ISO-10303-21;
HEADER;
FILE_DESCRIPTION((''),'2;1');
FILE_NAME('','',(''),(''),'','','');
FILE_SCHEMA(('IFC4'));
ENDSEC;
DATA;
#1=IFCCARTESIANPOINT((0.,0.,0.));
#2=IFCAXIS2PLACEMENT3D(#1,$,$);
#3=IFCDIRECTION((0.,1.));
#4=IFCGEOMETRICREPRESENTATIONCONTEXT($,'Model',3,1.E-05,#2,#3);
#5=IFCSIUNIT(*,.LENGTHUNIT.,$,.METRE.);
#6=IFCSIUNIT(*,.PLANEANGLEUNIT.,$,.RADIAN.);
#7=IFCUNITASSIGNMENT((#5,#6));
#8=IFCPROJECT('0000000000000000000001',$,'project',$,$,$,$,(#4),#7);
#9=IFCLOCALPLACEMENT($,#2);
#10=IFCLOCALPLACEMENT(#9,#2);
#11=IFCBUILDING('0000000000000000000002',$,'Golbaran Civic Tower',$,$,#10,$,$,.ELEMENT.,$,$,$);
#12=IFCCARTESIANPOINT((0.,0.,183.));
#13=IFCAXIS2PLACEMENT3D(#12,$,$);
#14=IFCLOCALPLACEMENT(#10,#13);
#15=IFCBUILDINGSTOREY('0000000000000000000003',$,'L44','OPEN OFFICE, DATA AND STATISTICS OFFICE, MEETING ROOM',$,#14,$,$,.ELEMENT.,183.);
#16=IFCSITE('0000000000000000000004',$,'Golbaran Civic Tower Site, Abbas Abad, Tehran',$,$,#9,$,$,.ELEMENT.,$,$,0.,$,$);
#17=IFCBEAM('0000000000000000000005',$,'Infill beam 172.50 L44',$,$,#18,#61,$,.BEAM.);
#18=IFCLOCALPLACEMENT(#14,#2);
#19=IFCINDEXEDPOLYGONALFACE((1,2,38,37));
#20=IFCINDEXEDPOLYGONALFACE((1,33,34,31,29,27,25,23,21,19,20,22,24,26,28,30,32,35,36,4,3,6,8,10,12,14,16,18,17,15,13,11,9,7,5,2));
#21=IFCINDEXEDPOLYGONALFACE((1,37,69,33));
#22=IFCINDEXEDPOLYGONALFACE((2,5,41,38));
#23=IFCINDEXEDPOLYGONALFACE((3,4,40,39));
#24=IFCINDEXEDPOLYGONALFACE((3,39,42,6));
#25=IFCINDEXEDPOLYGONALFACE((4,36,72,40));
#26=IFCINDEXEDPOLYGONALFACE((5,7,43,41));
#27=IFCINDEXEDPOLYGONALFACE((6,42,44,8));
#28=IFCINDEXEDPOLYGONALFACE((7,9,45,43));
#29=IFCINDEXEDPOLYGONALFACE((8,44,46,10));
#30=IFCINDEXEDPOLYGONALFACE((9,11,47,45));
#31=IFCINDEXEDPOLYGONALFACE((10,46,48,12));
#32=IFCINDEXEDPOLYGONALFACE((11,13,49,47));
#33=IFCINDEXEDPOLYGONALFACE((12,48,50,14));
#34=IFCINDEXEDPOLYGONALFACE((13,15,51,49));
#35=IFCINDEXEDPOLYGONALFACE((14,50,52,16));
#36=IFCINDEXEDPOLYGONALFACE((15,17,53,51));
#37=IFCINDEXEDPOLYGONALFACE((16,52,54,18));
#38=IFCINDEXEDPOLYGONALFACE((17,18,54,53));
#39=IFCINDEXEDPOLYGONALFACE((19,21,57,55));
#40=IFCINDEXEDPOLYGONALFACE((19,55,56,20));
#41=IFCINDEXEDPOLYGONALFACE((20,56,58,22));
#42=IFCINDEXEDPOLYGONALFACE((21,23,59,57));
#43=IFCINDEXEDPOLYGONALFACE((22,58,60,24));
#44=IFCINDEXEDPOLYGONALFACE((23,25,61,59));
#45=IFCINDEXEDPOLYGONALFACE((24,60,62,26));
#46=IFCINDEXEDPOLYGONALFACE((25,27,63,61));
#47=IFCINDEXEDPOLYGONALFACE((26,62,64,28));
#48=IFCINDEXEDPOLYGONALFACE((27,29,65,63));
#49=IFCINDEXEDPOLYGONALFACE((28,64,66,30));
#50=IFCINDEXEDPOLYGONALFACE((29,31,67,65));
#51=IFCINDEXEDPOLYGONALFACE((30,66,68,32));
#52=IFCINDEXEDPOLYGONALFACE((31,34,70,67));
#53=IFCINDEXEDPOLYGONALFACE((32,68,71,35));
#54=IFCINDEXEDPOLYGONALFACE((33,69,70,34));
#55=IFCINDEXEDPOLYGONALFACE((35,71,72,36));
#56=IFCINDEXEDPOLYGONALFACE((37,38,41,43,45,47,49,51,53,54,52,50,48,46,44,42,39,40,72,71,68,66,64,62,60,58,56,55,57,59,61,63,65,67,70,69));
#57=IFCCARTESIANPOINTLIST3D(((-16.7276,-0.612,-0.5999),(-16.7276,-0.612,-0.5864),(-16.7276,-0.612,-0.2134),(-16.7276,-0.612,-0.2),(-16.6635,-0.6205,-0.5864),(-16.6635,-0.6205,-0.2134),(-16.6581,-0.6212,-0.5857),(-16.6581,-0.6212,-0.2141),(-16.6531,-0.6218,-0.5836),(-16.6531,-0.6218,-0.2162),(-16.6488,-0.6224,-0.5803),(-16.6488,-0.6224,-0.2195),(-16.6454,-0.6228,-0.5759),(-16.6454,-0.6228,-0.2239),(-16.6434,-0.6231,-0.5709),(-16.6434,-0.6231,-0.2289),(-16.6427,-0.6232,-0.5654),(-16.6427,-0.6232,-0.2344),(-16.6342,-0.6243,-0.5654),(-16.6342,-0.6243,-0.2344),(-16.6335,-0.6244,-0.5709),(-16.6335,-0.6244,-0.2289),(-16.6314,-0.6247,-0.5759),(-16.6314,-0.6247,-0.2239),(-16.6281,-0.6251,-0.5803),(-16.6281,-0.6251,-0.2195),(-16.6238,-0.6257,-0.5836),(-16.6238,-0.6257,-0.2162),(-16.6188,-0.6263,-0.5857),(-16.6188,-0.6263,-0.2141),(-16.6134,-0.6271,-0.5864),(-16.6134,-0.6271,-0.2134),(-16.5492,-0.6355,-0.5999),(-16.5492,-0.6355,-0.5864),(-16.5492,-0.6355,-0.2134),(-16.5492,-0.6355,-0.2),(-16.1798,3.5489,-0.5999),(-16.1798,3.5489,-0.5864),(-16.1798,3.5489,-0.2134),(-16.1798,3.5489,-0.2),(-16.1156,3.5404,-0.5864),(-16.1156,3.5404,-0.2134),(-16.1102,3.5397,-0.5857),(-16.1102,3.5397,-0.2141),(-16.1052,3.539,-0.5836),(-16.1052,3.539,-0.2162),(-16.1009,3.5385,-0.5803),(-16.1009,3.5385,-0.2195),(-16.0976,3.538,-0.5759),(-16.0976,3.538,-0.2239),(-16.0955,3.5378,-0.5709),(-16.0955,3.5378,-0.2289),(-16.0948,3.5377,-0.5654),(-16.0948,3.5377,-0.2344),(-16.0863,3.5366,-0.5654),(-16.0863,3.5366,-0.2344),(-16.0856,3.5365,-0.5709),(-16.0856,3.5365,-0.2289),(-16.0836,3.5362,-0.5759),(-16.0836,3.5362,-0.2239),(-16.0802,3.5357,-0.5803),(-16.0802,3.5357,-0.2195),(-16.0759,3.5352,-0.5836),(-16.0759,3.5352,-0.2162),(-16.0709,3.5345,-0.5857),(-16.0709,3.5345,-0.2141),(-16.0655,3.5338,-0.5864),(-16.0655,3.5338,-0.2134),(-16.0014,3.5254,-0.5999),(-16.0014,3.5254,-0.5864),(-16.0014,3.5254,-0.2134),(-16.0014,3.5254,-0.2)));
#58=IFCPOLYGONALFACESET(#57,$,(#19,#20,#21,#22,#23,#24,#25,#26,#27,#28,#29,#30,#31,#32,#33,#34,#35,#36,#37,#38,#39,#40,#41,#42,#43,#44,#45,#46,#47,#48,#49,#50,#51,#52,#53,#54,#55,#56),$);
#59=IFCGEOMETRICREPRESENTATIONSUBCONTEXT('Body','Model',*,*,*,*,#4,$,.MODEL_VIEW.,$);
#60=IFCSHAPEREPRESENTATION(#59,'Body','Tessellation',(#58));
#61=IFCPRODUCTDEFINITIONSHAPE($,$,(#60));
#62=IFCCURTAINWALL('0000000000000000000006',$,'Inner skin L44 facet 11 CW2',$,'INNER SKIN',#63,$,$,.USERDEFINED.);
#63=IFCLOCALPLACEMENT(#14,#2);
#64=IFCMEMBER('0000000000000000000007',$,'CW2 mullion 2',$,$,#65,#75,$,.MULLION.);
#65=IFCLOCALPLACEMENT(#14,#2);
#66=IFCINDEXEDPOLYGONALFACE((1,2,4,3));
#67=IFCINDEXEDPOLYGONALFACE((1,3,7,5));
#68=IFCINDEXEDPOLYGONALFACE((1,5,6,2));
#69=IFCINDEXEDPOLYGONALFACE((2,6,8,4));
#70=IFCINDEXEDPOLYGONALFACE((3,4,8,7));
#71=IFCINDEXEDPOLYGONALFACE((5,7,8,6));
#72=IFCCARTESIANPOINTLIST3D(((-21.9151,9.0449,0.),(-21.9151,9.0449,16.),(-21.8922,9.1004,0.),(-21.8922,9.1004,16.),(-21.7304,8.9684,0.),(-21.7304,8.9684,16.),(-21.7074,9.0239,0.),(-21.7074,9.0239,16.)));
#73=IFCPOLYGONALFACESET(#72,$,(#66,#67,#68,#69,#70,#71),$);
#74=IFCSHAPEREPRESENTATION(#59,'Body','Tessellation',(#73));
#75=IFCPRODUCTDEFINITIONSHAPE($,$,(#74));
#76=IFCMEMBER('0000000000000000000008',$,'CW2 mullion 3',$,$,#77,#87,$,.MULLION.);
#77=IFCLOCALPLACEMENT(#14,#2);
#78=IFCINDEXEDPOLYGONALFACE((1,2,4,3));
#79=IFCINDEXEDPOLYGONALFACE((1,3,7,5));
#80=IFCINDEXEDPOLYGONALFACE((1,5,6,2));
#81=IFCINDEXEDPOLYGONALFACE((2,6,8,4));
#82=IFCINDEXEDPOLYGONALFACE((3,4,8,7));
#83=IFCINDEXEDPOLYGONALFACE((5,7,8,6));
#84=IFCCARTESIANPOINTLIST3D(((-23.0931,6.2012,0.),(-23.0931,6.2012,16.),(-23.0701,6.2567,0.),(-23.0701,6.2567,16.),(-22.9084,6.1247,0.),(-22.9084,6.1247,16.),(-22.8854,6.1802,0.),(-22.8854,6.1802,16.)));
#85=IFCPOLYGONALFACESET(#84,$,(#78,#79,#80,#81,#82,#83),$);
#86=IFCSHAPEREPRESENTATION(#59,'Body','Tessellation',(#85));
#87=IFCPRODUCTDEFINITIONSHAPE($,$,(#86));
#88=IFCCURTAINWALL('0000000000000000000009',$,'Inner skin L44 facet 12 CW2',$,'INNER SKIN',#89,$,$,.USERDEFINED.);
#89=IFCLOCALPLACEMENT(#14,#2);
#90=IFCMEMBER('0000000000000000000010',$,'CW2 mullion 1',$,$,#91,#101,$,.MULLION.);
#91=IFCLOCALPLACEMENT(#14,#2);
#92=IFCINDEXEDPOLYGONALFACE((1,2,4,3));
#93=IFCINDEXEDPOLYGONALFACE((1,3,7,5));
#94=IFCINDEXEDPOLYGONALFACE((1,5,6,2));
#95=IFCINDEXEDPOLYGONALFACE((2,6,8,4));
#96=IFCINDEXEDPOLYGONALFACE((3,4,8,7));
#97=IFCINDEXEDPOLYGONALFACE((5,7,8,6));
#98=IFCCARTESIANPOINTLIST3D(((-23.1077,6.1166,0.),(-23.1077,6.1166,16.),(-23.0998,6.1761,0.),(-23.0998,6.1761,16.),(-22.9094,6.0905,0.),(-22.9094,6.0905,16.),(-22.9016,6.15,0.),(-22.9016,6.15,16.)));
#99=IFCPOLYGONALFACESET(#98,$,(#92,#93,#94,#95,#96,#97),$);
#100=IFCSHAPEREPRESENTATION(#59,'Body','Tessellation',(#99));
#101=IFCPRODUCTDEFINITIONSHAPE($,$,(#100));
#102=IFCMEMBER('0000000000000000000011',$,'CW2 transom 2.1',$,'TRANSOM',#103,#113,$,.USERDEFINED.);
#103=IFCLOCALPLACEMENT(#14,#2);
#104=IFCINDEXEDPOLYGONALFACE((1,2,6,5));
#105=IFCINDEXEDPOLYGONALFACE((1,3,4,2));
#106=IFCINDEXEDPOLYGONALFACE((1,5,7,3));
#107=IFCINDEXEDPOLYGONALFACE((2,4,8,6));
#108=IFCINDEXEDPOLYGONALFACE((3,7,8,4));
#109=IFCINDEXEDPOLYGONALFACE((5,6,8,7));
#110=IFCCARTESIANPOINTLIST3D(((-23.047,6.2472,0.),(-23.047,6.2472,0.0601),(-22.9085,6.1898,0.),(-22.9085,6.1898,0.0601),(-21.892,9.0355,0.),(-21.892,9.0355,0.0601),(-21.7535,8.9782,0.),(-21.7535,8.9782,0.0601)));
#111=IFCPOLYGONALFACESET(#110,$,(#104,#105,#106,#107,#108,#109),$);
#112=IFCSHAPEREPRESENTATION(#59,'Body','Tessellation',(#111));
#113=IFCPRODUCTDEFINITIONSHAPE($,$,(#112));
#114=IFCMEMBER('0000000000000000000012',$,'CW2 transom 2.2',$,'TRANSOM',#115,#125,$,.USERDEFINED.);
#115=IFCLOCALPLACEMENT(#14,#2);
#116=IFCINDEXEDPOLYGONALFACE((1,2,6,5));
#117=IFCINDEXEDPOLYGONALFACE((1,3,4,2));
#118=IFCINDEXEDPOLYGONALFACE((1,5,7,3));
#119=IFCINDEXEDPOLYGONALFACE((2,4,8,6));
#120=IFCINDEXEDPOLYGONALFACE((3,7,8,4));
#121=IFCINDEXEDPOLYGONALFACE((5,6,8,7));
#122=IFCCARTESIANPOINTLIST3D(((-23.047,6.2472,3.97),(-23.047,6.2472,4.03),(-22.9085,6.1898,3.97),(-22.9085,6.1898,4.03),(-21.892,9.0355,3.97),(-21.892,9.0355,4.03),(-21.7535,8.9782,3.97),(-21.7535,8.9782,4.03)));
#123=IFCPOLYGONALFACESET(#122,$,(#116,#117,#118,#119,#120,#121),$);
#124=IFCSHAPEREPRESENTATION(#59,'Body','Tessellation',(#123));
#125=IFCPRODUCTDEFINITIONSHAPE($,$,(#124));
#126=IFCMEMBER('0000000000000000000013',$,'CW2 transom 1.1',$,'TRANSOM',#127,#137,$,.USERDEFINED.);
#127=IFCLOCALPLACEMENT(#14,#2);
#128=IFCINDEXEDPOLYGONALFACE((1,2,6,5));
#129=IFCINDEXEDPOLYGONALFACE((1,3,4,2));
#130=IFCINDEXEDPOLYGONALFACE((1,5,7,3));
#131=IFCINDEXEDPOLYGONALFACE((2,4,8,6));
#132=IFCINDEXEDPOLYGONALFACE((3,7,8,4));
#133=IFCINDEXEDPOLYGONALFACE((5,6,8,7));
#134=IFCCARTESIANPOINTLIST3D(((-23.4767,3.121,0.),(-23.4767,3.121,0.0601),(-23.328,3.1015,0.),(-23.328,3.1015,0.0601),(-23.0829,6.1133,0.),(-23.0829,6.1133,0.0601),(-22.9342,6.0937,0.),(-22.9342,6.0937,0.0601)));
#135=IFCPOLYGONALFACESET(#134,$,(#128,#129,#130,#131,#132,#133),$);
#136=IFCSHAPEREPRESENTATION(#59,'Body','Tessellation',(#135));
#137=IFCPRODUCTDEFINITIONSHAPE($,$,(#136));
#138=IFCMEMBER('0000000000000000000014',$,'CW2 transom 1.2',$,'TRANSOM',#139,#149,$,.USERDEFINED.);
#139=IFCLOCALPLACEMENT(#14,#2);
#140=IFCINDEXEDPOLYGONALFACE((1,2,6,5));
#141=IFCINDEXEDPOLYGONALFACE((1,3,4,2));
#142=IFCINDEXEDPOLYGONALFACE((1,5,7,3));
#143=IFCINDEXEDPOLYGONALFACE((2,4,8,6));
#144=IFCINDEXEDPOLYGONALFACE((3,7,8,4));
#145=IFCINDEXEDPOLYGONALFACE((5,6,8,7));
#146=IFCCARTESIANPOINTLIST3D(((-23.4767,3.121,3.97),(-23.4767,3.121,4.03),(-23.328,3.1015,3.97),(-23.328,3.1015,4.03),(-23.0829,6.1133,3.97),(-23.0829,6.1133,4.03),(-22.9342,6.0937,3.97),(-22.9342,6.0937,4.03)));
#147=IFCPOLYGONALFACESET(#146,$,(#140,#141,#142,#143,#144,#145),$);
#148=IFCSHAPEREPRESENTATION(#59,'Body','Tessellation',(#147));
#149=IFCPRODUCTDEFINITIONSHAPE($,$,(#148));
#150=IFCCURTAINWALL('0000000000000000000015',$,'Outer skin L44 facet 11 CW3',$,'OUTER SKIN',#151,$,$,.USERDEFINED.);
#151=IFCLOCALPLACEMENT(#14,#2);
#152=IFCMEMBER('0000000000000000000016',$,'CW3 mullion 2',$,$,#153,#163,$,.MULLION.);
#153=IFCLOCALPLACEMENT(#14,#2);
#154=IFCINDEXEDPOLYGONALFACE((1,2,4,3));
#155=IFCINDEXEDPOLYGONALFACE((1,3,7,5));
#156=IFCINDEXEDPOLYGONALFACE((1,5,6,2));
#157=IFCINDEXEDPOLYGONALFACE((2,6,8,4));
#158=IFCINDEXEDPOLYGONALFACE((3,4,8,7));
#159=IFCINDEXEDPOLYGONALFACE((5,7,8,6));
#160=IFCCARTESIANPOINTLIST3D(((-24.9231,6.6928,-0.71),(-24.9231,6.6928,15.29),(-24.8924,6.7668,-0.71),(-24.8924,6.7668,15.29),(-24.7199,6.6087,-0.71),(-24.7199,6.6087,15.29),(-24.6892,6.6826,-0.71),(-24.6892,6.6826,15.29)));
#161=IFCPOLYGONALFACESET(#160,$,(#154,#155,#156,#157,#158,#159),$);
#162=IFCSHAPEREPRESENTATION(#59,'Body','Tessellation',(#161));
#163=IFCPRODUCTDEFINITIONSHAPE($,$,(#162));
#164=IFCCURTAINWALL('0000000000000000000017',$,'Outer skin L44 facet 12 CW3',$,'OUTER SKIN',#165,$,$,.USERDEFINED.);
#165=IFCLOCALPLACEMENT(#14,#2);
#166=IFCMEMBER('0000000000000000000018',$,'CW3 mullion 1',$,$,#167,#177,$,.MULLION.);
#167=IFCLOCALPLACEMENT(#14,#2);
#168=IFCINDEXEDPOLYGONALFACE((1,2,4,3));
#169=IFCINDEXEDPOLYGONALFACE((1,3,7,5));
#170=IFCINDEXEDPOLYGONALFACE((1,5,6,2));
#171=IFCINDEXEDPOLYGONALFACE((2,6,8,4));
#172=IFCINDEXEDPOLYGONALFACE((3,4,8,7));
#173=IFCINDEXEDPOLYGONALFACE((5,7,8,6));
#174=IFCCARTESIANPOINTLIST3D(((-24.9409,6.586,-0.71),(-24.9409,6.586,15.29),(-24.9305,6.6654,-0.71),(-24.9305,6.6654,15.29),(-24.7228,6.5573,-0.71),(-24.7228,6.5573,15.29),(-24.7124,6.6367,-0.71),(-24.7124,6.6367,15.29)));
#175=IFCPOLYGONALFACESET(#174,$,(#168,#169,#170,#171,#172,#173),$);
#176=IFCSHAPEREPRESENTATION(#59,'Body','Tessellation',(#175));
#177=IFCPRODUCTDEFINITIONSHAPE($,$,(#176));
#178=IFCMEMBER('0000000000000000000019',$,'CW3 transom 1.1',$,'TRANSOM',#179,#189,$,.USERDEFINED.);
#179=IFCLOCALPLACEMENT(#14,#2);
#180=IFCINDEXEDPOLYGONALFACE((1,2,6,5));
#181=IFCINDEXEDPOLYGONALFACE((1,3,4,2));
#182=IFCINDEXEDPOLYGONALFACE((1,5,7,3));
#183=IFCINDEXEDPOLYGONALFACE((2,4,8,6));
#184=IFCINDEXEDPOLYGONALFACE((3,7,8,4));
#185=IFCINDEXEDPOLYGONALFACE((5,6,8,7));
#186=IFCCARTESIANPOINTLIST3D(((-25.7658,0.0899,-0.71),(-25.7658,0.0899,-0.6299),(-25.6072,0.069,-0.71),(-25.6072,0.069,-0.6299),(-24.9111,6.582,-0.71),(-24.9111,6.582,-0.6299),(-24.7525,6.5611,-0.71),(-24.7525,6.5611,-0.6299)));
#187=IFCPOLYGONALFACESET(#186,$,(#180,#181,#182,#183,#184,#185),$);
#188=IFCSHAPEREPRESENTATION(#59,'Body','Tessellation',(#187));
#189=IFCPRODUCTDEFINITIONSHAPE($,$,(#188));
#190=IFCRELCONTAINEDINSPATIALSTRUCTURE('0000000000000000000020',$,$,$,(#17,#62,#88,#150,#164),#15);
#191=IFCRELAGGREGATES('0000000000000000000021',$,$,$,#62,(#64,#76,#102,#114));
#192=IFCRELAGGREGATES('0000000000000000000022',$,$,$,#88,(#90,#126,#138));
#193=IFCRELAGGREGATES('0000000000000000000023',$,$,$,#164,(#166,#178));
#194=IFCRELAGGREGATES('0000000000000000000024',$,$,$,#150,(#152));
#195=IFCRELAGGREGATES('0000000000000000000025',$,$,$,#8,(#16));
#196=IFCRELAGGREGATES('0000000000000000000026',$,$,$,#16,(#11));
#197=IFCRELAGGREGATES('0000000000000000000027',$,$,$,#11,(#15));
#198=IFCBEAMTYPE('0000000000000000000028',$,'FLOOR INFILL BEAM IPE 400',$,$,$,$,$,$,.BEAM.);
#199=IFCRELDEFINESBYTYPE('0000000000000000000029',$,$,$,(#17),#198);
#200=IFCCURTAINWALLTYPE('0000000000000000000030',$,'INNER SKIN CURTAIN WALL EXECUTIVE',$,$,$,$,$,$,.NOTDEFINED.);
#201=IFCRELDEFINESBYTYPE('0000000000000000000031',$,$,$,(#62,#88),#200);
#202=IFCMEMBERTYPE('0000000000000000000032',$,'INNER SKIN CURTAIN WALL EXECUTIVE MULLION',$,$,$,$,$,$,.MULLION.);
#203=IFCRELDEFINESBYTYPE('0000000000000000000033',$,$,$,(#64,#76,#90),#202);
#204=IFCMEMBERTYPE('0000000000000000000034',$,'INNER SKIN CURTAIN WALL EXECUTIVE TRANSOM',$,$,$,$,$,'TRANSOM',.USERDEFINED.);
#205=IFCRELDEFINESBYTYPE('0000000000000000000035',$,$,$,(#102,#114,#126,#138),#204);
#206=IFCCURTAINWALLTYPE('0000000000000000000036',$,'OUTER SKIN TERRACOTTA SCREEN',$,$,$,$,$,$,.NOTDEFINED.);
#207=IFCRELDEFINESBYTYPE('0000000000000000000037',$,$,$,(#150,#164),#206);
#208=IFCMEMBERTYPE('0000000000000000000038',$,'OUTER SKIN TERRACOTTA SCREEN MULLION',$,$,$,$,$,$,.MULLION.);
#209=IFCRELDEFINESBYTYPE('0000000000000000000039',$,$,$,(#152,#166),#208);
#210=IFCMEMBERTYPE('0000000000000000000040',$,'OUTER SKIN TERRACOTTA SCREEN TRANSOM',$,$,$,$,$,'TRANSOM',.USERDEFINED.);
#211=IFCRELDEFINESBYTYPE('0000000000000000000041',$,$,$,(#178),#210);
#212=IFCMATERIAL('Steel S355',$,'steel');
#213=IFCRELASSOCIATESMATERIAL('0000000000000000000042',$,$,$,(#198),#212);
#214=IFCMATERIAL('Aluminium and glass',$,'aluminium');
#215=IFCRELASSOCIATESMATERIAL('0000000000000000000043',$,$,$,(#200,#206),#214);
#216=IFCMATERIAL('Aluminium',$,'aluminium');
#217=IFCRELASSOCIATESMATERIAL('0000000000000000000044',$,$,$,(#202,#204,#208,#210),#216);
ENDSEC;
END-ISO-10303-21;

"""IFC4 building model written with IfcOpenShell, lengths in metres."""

from ifc_helpers import new_model, si_unit, direction, frame, origin, origin_2d, place, context, subcontext, project, spatial, rectangle, i_section, extrude, material, material_profile, profile_set, type_object, element, aggregate, save


model = new_model("IFC4")

# Units and contexts
model_context = context("Model", 3, precision=1e-05, world=origin(), true_north=direction((0.0, 1.0)))
body_context = subcontext(model_context, "Body", "Model", "MODEL_VIEW")
ifc_project = project(units=[si_unit("LENGTHUNIT", "METRE"), si_unit("PLANEANGLEUNIT", "RADIAN")], contexts=[model_context])

# Site, building, storey
site_placement = place(None, origin())
site = spatial("IfcSite", under=ifc_project, at=site_placement, Name="Golbaran Civic Tower Site, Abbas Abad, Tehran", CompositionType="ELEMENT", RefElevation=0.0)
building_placement = place(site_placement, origin())
building = spatial("IfcBuilding", under=site, at=building_placement, Name="Golbaran Civic Tower", CompositionType="ELEMENT")
storey_placement = place(building_placement, frame((0.0, 0.0, 183.0)))
storey = spatial("IfcBuildingStorey", under=building, at=storey_placement, Name="L44", Description="OPEN OFFICE, DATA AND STATISTICS OFFICE, MEETING ROOM", CompositionType="ELEMENT", Elevation=183.0)

# Beam
ifc_material_1 = material(Name="Steel S355", Category="steel")
ifc_material_profile_1 = material_profile(ifc_material_1, i_section(OverallWidth=0.1799, OverallDepth=0.3999, WebThickness=0.0085, FlangeThickness=0.0134, FilletRadius=0.021, at=origin_2d()), Name="IPE 400")
ifc_profile_set_1 = profile_set([ifc_material_profile_1], Name="Steel S355")
beam_type = type_object("IfcBeamType", Name="FLOOR INFILL BEAM IPE 400", PredefinedType="BEAM", material=ifc_profile_set_1)
beam_placement = place(storey_placement, frame((-16.0906, 3.5371, -0.3999), z_axis=(-0.13054, -0.991443, 0.0), x_axis=(0.991443, -0.13054, 0.0)))
element("IfcBeam", 1, at=beam_placement, inside=storey, type_object=beam_type, Name="Infill beam 172.50 L44", PredefinedType="BEAM", context=body_context, shape_type="SweptSolid", body=[
    extrude(i_section(OverallWidth=0.1799, OverallDepth=0.3999, WebThickness=0.0085, FlangeThickness=0.0134, FilletRadius=0.021, at=origin_2d()), origin(), (0.0, 0.0, 1.0), 4.1968),
])

# Curtain wall, members
ifc_material_2 = material(Name="Aluminium and glass", Category="aluminium")
curtain_wall_type_1 = type_object("IfcCurtainWallType", Name="INNER SKIN CURTAIN WALL EXECUTIVE", PredefinedType="NOTDEFINED", material=ifc_material_2)
curtain_wall_1_placement = place(storey_placement, origin())
curtain_wall_1 = element("IfcCurtainWall", 2, at=curtain_wall_1_placement, inside=storey, type_object=curtain_wall_type_1, Name="Inner skin L44 facet 11 CW2", ObjectType="INNER SKIN", PredefinedType="USERDEFINED")
ifc_material_3 = material(Name="Aluminium", Category="aluminium")
ifc_material_profile_2 = material_profile(ifc_material_3, rectangle(XDim=0.2, YDim=0.0601, at=origin_2d()), Name="INNER SKIN CURTAIN WALL EXECUTIVE MULLION")
ifc_profile_set_2 = profile_set([ifc_material_profile_2], Name="Aluminium")
member_type_1 = type_object("IfcMemberType", Name="INNER SKIN CURTAIN WALL EXECUTIVE MULLION", PredefinedType="MULLION", material=ifc_profile_set_2)
member_1_placement = place(storey_placement, frame((-21.8113, 9.0344, 0.0), z_axis=(0.0, 0.0, 1.0), x_axis=(0.92388, -0.382683, 0.0)))
member_1 = element("IfcMember", 3, at=member_1_placement, type_object=member_type_1, Name="CW2 mullion 2", PredefinedType="MULLION", context=body_context, shape_type="SweptSolid", body=[
    extrude(rectangle(XDim=0.2, YDim=0.0601, at=origin_2d()), origin(), (0.0, 0.0, 1.0), 16.0),
])
member_2_placement = place(storey_placement, frame((-22.9893, 6.1907, 0.0), z_axis=(0.0, 0.0, 1.0), x_axis=(0.92388, -0.382683, 0.0)))
member_2 = element("IfcMember", 4, at=member_2_placement, type_object=member_type_1, Name="CW2 mullion 3", PredefinedType="MULLION", context=body_context, shape_type="SweptSolid", body=[
    extrude(rectangle(XDim=0.2, YDim=0.0601, at=origin_2d()), origin(), (0.0, 0.0, 1.0), 16.0),
])

# Curtain wall, member
curtain_wall_2_placement = place(storey_placement, origin())
curtain_wall_2 = element("IfcCurtainWall", 5, at=curtain_wall_2_placement, inside=storey, type_object=curtain_wall_type_1, Name="Inner skin L44 facet 12 CW2", ObjectType="INNER SKIN", PredefinedType="USERDEFINED")
member_3_placement = place(storey_placement, frame((-23.0046, 6.1333, 0.0), z_axis=(0.0, 0.0, 1.0), x_axis=(0.991445, -0.130526, 0.0)))
member_3 = element("IfcMember", 6, at=member_3_placement, type_object=member_type_1, Name="CW2 mullion 1", PredefinedType="MULLION", context=body_context, shape_type="SweptSolid", body=[
    extrude(rectangle(XDim=0.2, YDim=0.0601, at=origin_2d()), origin(), (0.0, 0.0, 1.0), 16.0),
])

# Members
ifc_material_profile_3 = material_profile(ifc_material_3, rectangle(XDim=0.1499, YDim=0.0601, at=origin_2d()), Name="INNER SKIN CURTAIN WALL EXECUTIVE TRANSOM")
ifc_profile_set_3 = profile_set([ifc_material_profile_3], Name="Aluminium")
member_type_2 = type_object("IfcMemberType", Name="INNER SKIN CURTAIN WALL EXECUTIVE TRANSOM", ElementType="TRANSOM", PredefinedType="USERDEFINED", material=ifc_profile_set_3)
member_4_placement = place(storey_placement, frame((-21.8228, 9.0068, 0.03), z_axis=(-0.382702, -0.923872, 0.0), x_axis=(0.923872, -0.382702, 0.0)))
member_4 = element("IfcMember", 7, at=member_4_placement, type_object=member_type_2, Name="CW2 transom 2.1", ObjectType="TRANSOM", PredefinedType="USERDEFINED", context=body_context, shape_type="SweptSolid", body=[
    extrude(rectangle(XDim=0.1499, YDim=0.0601, at=origin_2d()), origin(), (0.0, 0.0, 1.0), 3.0181),
])
member_5_placement = place(storey_placement, frame((-21.8228, 9.0068, 4.0), z_axis=(-0.382702, -0.923872, 0.0), x_axis=(0.923872, -0.382702, 0.0)))
member_5 = element("IfcMember", 8, at=member_5_placement, type_object=member_type_2, Name="CW2 transom 2.2", ObjectType="TRANSOM", PredefinedType="USERDEFINED", context=body_context, shape_type="SweptSolid", body=[
    extrude(rectangle(XDim=0.1499, YDim=0.0601, at=origin_2d()), origin(), (0.0, 0.0, 1.0), 3.0181),
])
member_6_placement = place(storey_placement, frame((-23.0085, 6.1035, 0.03), z_axis=(-0.130484, -0.99145, 0.0), x_axis=(0.99145, -0.130484, 0.0)))
member_6 = element("IfcMember", 9, at=member_6_placement, type_object=member_type_2, Name="CW2 transom 1.1", ObjectType="TRANSOM", PredefinedType="USERDEFINED", context=body_context, shape_type="SweptSolid", body=[
    extrude(rectangle(XDim=0.1499, YDim=0.0601, at=origin_2d()), origin(), (0.0, 0.0, 1.0), 3.0181),
])
member_7_placement = place(storey_placement, frame((-23.0085, 6.1035, 4.0), z_axis=(-0.130484, -0.99145, 0.0), x_axis=(0.99145, -0.130484, 0.0)))
member_7 = element("IfcMember", 10, at=member_7_placement, type_object=member_type_2, Name="CW2 transom 1.2", ObjectType="TRANSOM", PredefinedType="USERDEFINED", context=body_context, shape_type="SweptSolid", body=[
    extrude(rectangle(XDim=0.1499, YDim=0.0601, at=origin_2d()), origin(), (0.0, 0.0, 1.0), 3.0181),
])

# Curtain wall, member
curtain_wall_type_2 = type_object("IfcCurtainWallType", Name="OUTER SKIN TERRACOTTA SCREEN", PredefinedType="NOTDEFINED", material=ifc_material_2)
curtain_wall_3_placement = place(storey_placement, origin())
curtain_wall_3 = element("IfcCurtainWall", 11, at=curtain_wall_3_placement, inside=storey, type_object=curtain_wall_type_2, Name="Outer skin L44 facet 11 CW3", ObjectType="OUTER SKIN", PredefinedType="USERDEFINED")
ifc_material_profile_4 = material_profile(ifc_material_3, rectangle(XDim=0.22, YDim=0.0801, at=origin_2d()), Name="OUTER SKIN TERRACOTTA SCREEN MULLION")
ifc_profile_set_4 = profile_set([ifc_material_profile_4], Name="Aluminium")
member_type_3 = type_object("IfcMemberType", Name="OUTER SKIN TERRACOTTA SCREEN MULLION", PredefinedType="MULLION", material=ifc_profile_set_4)
member_8_placement = place(storey_placement, frame((-24.8062, 6.6877, -0.71), z_axis=(0.0, 0.0, 1.0), x_axis=(0.92388, -0.382683, 0.0)))
member_8 = element("IfcMember", 12, at=member_8_placement, type_object=member_type_3, Name="CW3 mullion 2", PredefinedType="MULLION", context=body_context, shape_type="SweptSolid", body=[
    extrude(rectangle(XDim=0.22, YDim=0.0801, at=origin_2d()), origin(), (0.0, 0.0, 1.0), 16.0),
])

# Curtain wall, members
curtain_wall_4_placement = place(storey_placement, origin())
curtain_wall_4 = element("IfcCurtainWall", 13, at=curtain_wall_4_placement, inside=storey, type_object=curtain_wall_type_2, Name="Outer skin L44 facet 12 CW3", ObjectType="OUTER SKIN", PredefinedType="USERDEFINED")
member_9_placement = place(storey_placement, frame((-24.8267, 6.6113, -0.71), z_axis=(0.0, 0.0, 1.0), x_axis=(0.991445, -0.130526, 0.0)))
member_9 = element("IfcMember", 14, at=member_9_placement, type_object=member_type_3, Name="CW3 mullion 1", PredefinedType="MULLION", context=body_context, shape_type="SweptSolid", body=[
    extrude(rectangle(XDim=0.22, YDim=0.0801, at=origin_2d()), origin(), (0.0, 0.0, 1.0), 16.0),
])
ifc_material_profile_5 = material_profile(ifc_material_3, rectangle(XDim=0.1599, YDim=0.0801, at=origin_2d()), Name="OUTER SKIN TERRACOTTA SCREEN TRANSOM")
ifc_profile_set_5 = profile_set([ifc_material_profile_5], Name="Aluminium")
member_type_4 = type_object("IfcMemberType", Name="OUTER SKIN TERRACOTTA SCREEN TRANSOM", ElementType="TRANSOM", PredefinedType="USERDEFINED", material=ifc_profile_set_5)
member_10_placement = place(storey_placement, frame((-24.8318, 6.5715, -0.6699), z_axis=(-0.13053, -0.991444, 0.0), x_axis=(0.991444, -0.13053, 0.0)))
member_10 = element("IfcMember", 15, at=member_10_placement, type_object=member_type_4, Name="CW3 transom 1.1", ObjectType="TRANSOM", PredefinedType="USERDEFINED", context=body_context, shape_type="SweptSolid", body=[
    extrude(rectangle(XDim=0.1599, YDim=0.0801, at=origin_2d()), origin(), (0.0, 0.0, 1.0), 6.5481),
])

aggregate(curtain_wall_1, [member_1, member_2, member_4, member_5])
aggregate(curtain_wall_2, [member_3, member_6, member_7])
aggregate(curtain_wall_4, [member_9, member_10])
aggregate(curtain_wall_3, [member_8])

save(model, "model.ifc")
